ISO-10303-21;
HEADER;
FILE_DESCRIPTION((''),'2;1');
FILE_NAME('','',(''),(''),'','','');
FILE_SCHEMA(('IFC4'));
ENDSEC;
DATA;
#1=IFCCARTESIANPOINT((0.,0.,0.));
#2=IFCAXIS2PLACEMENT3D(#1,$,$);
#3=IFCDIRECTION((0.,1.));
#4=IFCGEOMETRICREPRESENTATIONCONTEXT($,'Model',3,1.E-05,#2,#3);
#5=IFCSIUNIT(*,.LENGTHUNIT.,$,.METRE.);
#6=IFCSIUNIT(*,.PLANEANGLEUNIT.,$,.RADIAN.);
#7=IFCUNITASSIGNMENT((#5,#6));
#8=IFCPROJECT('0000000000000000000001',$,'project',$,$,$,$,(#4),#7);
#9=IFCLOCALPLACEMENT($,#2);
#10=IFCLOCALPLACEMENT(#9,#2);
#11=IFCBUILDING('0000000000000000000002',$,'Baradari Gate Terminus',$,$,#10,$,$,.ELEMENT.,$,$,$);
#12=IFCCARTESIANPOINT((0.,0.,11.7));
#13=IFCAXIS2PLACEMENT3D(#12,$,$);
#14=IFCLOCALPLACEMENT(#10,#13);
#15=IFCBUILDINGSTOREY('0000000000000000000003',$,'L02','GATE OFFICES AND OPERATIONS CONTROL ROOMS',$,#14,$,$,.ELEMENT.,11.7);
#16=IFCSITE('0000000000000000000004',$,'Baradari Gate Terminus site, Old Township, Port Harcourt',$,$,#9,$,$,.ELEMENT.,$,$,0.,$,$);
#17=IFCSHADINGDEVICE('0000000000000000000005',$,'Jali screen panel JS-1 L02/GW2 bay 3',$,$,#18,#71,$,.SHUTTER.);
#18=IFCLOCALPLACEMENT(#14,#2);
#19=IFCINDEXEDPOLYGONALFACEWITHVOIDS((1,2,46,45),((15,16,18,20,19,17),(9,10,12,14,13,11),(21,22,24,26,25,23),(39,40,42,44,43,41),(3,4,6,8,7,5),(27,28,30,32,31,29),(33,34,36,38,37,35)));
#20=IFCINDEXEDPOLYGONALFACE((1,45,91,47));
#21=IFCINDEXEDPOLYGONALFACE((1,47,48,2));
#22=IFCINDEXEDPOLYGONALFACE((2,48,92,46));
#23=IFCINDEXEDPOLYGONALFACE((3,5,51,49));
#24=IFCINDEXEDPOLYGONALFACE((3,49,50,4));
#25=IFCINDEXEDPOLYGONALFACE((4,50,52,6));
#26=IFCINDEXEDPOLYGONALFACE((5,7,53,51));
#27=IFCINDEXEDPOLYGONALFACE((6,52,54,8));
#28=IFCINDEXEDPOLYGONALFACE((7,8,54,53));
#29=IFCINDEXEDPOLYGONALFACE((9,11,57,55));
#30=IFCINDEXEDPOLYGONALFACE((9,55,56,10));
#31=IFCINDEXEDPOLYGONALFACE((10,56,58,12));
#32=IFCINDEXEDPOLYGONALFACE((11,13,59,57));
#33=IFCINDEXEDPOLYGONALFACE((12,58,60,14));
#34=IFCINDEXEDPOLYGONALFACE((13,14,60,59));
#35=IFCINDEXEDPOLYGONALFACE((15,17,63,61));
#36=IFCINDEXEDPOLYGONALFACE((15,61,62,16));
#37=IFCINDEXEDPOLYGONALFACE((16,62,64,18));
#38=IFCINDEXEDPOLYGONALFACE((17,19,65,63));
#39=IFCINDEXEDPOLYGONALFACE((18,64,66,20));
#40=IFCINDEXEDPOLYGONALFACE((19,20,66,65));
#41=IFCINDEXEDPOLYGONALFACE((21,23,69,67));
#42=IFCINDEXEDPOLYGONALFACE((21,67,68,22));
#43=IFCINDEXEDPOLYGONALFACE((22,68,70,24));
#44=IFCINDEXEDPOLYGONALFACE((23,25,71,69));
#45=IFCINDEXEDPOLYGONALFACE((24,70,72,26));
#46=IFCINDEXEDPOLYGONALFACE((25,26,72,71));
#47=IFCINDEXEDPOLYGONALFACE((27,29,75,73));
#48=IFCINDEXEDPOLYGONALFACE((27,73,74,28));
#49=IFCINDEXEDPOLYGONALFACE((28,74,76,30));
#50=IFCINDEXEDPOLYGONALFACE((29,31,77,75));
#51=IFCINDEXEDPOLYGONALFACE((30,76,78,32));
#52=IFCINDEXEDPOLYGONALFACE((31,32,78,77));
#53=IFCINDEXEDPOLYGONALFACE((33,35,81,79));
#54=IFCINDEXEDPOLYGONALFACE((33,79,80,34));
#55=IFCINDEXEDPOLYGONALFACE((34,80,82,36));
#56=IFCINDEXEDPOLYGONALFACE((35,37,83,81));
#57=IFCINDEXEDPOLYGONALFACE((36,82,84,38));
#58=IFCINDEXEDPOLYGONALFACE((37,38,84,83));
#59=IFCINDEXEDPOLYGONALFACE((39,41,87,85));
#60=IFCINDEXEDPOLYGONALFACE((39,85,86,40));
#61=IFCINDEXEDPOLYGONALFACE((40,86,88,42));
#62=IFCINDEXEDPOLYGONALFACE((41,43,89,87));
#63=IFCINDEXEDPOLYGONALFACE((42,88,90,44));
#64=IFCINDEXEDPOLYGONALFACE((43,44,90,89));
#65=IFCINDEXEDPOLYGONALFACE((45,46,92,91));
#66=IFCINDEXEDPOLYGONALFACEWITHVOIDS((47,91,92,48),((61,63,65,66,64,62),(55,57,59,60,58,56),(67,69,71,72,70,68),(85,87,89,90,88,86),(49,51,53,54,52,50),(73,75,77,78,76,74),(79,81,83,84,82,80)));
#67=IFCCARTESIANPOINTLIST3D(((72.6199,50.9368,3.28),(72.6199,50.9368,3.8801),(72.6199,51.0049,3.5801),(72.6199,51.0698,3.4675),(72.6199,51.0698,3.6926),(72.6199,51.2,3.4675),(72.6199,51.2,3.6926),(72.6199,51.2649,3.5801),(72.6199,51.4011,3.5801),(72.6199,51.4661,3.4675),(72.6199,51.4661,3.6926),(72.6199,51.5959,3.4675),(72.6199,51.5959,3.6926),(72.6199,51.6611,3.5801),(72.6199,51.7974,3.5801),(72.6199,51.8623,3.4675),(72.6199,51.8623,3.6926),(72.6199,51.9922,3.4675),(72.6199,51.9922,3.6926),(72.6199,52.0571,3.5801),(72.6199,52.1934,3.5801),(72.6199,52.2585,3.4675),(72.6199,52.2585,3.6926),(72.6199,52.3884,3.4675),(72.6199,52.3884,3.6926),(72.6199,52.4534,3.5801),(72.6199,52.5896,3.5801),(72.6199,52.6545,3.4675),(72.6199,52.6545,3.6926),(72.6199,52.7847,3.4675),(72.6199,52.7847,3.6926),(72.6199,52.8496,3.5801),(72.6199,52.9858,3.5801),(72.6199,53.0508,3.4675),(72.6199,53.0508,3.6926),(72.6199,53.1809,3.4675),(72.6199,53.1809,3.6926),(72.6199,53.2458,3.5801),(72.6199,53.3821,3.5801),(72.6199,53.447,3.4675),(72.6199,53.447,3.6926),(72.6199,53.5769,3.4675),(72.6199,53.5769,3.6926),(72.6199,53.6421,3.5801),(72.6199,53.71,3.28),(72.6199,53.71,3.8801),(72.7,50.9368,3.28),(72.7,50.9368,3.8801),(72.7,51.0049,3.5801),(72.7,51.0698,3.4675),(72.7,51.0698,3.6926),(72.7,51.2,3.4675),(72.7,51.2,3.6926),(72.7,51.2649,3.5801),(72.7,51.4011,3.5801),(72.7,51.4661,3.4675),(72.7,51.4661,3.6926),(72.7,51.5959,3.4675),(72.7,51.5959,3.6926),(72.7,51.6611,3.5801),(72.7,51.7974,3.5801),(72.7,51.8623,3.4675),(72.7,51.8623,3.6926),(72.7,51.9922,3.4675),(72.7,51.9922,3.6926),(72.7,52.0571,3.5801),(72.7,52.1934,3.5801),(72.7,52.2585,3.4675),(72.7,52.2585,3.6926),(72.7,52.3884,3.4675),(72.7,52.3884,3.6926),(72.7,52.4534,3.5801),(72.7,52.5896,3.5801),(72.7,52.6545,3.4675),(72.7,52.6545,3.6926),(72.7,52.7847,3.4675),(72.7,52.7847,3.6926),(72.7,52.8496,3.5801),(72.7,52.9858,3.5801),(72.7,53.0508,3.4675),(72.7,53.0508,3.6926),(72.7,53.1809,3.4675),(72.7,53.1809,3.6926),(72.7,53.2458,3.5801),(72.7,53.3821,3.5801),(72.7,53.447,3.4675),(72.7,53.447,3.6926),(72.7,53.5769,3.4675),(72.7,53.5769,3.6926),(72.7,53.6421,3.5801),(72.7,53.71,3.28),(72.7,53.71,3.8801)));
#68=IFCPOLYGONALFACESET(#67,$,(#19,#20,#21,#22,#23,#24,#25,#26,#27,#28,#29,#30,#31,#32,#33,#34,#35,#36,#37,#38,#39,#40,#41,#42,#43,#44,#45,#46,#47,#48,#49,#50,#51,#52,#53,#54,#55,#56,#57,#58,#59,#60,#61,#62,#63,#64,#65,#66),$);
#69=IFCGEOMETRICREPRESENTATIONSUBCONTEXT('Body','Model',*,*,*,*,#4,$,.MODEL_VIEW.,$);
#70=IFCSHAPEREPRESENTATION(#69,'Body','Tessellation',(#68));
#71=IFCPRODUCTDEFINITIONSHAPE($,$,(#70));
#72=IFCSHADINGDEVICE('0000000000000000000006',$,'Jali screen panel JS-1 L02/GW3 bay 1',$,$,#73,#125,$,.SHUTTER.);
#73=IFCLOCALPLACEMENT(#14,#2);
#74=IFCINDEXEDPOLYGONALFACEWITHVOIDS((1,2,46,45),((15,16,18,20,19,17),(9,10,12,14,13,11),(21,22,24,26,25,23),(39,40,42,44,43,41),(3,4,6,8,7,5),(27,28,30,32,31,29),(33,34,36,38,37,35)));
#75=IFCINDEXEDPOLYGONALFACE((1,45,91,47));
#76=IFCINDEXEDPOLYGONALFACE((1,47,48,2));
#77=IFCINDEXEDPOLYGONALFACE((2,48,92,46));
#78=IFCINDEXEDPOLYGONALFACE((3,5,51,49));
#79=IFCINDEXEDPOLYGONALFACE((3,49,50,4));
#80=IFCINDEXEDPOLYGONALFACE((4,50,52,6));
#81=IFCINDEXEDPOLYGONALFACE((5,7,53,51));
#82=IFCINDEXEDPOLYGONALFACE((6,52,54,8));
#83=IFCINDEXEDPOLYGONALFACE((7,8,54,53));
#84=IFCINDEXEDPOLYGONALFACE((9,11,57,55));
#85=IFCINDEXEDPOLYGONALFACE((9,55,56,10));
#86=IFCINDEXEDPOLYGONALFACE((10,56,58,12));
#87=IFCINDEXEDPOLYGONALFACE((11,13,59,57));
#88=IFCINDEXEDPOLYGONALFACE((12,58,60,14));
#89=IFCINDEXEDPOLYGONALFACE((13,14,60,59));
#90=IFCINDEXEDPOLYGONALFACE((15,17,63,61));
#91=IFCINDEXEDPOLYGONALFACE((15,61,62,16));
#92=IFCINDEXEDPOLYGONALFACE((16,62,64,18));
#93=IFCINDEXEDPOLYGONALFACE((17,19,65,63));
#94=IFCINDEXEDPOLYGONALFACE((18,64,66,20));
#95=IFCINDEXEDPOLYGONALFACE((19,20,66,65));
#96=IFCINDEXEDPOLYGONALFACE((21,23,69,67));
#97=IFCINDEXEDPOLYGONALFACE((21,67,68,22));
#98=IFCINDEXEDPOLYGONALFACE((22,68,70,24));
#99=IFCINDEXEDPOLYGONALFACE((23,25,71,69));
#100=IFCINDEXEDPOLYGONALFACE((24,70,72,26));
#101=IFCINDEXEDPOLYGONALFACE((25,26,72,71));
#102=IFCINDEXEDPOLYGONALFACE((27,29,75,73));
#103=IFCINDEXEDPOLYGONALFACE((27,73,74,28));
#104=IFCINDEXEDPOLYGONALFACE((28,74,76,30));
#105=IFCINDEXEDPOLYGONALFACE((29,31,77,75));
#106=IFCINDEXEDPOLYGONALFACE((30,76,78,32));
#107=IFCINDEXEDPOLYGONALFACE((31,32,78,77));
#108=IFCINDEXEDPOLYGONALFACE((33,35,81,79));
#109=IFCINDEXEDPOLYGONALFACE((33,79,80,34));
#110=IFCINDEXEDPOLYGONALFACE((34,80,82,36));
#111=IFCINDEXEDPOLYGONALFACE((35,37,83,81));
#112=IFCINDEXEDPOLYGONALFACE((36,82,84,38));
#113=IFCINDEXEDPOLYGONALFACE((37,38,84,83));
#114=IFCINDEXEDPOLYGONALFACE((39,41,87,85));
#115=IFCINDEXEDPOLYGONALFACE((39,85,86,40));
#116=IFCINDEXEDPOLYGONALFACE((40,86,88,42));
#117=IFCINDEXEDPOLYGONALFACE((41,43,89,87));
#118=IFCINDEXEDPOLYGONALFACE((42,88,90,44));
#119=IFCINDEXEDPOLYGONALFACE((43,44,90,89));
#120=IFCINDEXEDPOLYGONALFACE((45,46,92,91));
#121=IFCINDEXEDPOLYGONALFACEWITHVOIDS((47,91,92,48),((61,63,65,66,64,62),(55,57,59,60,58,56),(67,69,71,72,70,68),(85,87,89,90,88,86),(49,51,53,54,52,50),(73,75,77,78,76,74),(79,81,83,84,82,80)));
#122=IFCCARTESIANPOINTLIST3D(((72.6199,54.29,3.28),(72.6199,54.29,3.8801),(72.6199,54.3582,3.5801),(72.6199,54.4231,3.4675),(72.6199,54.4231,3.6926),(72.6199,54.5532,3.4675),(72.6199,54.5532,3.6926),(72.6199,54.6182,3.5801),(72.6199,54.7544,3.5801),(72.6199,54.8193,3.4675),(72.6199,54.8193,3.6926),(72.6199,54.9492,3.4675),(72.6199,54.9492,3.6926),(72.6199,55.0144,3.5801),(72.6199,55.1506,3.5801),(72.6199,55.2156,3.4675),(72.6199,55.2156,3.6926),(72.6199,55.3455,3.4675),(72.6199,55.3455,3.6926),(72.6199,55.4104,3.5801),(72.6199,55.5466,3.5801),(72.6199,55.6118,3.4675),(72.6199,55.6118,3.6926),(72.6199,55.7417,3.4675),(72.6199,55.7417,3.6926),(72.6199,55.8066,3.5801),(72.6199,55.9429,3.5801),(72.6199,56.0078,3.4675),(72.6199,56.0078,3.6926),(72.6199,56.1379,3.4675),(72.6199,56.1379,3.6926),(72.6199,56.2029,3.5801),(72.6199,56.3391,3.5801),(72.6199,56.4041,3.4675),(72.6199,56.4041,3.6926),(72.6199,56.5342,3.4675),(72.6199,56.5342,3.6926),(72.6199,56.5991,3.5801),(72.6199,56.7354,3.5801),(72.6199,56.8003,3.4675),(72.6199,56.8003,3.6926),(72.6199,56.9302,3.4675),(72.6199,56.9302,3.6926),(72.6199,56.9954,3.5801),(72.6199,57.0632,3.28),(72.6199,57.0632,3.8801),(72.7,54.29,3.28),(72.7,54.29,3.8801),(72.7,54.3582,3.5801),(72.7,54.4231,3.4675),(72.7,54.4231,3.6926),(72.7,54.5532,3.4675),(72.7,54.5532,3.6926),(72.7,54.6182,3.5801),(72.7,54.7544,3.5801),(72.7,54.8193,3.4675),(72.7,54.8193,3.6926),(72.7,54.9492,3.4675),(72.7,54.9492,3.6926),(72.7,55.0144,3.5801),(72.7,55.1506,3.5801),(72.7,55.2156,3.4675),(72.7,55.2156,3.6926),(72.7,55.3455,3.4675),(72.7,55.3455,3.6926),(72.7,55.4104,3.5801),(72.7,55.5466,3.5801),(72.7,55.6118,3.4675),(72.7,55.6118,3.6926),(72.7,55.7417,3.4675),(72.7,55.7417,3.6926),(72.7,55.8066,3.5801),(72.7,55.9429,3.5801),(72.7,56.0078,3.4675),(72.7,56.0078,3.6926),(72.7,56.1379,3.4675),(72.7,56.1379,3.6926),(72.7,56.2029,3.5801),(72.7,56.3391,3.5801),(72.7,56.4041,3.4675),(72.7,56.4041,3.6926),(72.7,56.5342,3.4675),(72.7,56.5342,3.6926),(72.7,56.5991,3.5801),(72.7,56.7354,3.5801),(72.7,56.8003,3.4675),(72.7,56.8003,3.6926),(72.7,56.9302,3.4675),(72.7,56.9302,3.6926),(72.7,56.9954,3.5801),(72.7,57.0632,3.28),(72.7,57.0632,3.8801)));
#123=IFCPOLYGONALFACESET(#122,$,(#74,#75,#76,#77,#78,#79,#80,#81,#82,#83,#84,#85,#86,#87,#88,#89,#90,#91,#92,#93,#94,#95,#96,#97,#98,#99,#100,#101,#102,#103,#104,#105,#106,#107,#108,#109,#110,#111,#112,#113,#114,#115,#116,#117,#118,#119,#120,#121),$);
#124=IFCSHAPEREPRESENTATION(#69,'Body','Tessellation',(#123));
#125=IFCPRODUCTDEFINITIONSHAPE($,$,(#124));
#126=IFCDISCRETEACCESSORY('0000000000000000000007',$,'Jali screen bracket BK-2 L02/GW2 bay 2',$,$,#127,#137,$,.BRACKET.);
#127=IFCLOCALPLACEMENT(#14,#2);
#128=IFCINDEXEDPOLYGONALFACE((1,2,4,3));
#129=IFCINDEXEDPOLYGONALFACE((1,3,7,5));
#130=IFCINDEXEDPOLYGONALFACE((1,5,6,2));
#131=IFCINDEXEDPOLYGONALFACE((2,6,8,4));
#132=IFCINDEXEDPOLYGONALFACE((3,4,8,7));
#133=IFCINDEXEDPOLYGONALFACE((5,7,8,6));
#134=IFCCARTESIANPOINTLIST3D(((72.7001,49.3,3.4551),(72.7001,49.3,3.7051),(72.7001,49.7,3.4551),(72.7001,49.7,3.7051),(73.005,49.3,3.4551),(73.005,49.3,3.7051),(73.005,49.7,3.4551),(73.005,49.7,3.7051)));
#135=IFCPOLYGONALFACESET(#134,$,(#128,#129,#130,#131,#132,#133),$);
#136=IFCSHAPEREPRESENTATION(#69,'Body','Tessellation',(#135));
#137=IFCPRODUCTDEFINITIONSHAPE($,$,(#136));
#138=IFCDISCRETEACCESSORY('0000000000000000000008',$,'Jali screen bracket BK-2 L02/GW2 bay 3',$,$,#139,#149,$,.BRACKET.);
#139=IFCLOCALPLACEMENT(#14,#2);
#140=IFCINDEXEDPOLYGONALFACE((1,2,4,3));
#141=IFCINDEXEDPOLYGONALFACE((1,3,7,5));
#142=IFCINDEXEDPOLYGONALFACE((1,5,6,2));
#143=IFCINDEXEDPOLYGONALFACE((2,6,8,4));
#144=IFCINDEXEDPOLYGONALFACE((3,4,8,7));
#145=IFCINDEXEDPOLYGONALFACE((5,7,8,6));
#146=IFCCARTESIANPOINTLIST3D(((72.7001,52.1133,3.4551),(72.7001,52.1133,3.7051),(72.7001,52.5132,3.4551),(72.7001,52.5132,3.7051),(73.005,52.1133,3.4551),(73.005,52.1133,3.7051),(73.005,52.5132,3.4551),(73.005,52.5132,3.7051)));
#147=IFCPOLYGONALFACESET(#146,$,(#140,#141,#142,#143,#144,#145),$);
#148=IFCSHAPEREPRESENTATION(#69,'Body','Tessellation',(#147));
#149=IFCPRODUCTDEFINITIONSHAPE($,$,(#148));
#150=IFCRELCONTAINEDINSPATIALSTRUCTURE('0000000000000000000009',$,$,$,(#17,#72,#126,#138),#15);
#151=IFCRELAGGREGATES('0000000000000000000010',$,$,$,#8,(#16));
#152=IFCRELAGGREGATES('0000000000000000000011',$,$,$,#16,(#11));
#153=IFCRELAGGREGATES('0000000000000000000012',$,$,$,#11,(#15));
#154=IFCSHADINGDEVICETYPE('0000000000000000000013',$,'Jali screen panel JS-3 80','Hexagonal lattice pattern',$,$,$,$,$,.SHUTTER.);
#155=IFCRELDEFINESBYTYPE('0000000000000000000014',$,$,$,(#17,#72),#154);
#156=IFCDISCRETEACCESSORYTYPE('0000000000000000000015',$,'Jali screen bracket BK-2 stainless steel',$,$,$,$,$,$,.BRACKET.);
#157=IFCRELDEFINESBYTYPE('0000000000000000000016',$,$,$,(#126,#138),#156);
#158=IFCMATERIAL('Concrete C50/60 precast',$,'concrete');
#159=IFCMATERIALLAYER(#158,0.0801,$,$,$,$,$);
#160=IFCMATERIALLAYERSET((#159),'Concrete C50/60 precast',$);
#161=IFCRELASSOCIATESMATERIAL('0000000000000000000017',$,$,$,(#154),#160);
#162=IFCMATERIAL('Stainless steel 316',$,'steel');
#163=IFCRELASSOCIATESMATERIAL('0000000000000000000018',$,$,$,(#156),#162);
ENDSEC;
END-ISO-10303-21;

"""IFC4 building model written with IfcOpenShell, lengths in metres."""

from ifc_helpers import new_model, si_unit, direction, frame, origin, origin_2d, place, context, subcontext, project, spatial, polyline, rectangle, outline, extrude, material, layer, layer_set, type_object, element, save


model = new_model("IFC4")

# Units and contexts
model_context = context("Model", 3, precision=1e-05, world=origin(), true_north=direction((0.0, 1.0)))
body_context = subcontext(model_context, "Body", "Model", "MODEL_VIEW")
ifc_project = project(units=[si_unit("LENGTHUNIT", "METRE"), si_unit("PLANEANGLEUNIT", "RADIAN")], contexts=[model_context])

# Site, building, storey
site_placement = place(None, origin())
site = spatial("IfcSite", under=ifc_project, at=site_placement, Name="Baradari Gate Terminus site, Old Township, Port Harcourt", CompositionType="ELEMENT", RefElevation=0.0)
building_placement = place(site_placement, origin())
building = spatial("IfcBuilding", under=site, at=building_placement, Name="Baradari Gate Terminus", CompositionType="ELEMENT")
storey_placement = place(building_placement, frame((0.0, 0.0, 11.7)))
storey = spatial("IfcBuildingStorey", under=building, at=storey_placement, Name="L02", Description="GATE OFFICES AND OPERATIONS CONTROL ROOMS", CompositionType="ELEMENT", Elevation=11.7)

# Shading devices
ifc_material_1 = material(Name="Concrete C50/60 precast", Category="concrete")
ifc_layer_1 = layer(ifc_material_1, 0.0801)
ifc_layer_set_1 = layer_set([ifc_layer_1], Name="Concrete C50/60 precast")
shading_device_type = type_object("IfcShadingDeviceType", Name="Jali screen panel JS-3 80", Description="Hexagonal lattice pattern", PredefinedType="SHUTTER", material=ifc_layer_set_1)
shading_device_1_placement = place(storey_placement, frame((72.6599, 50.9368, 3.28), z_axis=(0.0, 0.0, 1.0), x_axis=(0.0, 1.0, 0.0)))
element("IfcShadingDevice", 1, at=shading_device_1_placement, inside=storey, type_object=shading_device_type, Name="Jali screen panel JS-1 L02/GW2 bay 3", PredefinedType="SHUTTER", context=body_context, shape_type="SweptSolid", body=[
    extrude(outline(polyline([(0.0, 0.0), (2.7732, 0.0), (2.7732, 0.6001), (0.0, 0.6001), (0.0, 0.0)]), holes=[polyline([(0.3281, 0.3), (0.2632, 0.1875), (0.1331, 0.1875), (0.0681, 0.3), (0.1331, 0.4126), (0.2632, 0.4126), (0.3281, 0.3)]), polyline([(0.7244, 0.3), (0.6592, 0.1875), (0.5293, 0.1875), (0.4644, 0.3), (0.5293, 0.4126), (0.6592, 0.4126), (0.7244, 0.3)]), polyline([(1.1204, 0.3), (1.0554, 0.1875), (0.9255, 0.1875), (0.8606, 0.3), (0.9255, 0.4126), (1.0554, 0.4126), (1.1204, 0.3)]), polyline([(1.5166, 0.3), (1.4517, 0.1875), (1.3218, 0.1875), (1.2566, 0.3), (1.3218, 0.4126), (1.4517, 0.4126), (1.5166, 0.3)]), polyline([(1.9128, 0.3), (1.8479, 0.1875), (1.7178, 0.1875), (1.6528, 0.3), (1.7178, 0.4126), (1.8479, 0.4126), (1.9128, 0.3)]), polyline([(2.3091, 0.3), (2.2441, 0.1875), (2.114, 0.1875), (2.0491, 0.3), (2.114, 0.4126), (2.2441, 0.4126), (2.3091, 0.3)]), polyline([(2.7053, 0.3), (2.6401, 0.1875), (2.5103, 0.1875), (2.4453, 0.3), (2.5103, 0.4126), (2.6401, 0.4126), (2.7053, 0.3)])]), frame((0.0, 0.04, 0.0), z_axis=(0.0, -1.0, 0.0), x_axis=(1.0, 0.0, 0.0)), (0.0, 0.0, 1.0), 0.0801),
])
shading_device_2_placement = place(storey_placement, frame((72.6599, 54.29, 3.28), z_axis=(0.0, 0.0, 1.0), x_axis=(0.0, 1.0, 0.0)))
element("IfcShadingDevice", 2, at=shading_device_2_placement, inside=storey, type_object=shading_device_type, Name="Jali screen panel JS-1 L02/GW3 bay 1", PredefinedType="SHUTTER", context=body_context, shape_type="SweptSolid", body=[
    extrude(outline(polyline([(0.0, 0.0), (2.7732, 0.0), (2.7732, 0.6001), (0.0, 0.6001), (0.0, 0.0)]), holes=[polyline([(0.3281, 0.3), (0.2632, 0.1875), (0.1331, 0.1875), (0.0681, 0.3), (0.1331, 0.4126), (0.2632, 0.4126), (0.3281, 0.3)]), polyline([(0.7244, 0.3), (0.6592, 0.1875), (0.5293, 0.1875), (0.4644, 0.3), (0.5293, 0.4126), (0.6592, 0.4126), (0.7244, 0.3)]), polyline([(1.1204, 0.3), (1.0554, 0.1875), (0.9255, 0.1875), (0.8606, 0.3), (0.9255, 0.4126), (1.0554, 0.4126), (1.1204, 0.3)]), polyline([(1.5166, 0.3), (1.4517, 0.1875), (1.3218, 0.1875), (1.2566, 0.3), (1.3218, 0.4126), (1.4517, 0.4126), (1.5166, 0.3)]), polyline([(1.9128, 0.3), (1.8479, 0.1875), (1.7178, 0.1875), (1.6528, 0.3), (1.7178, 0.4126), (1.8479, 0.4126), (1.9128, 0.3)]), polyline([(2.3091, 0.3), (2.2441, 0.1875), (2.114, 0.1875), (2.0491, 0.3), (2.114, 0.4126), (2.2441, 0.4126), (2.3091, 0.3)]), polyline([(2.7053, 0.3), (2.6401, 0.1875), (2.5103, 0.1875), (2.4453, 0.3), (2.5103, 0.4126), (2.6401, 0.4126), (2.7053, 0.3)])]), frame((0.0, 0.04, 0.0), z_axis=(0.0, -1.0, 0.0), x_axis=(1.0, 0.0, 0.0)), (0.0, 0.0, 1.0), 0.0801),
])

# Discrete accessories
ifc_material_2 = material(Name="Stainless steel 316", Category="steel")
discrete_accessory_type = type_object("IfcDiscreteAccessoryType", Name="Jali screen bracket BK-2 stainless steel", PredefinedType="BRACKET", material=ifc_material_2)
for number, where, z_axis, x_axis, name in (
    (3, (72.8525, 49.5, 3.4551), (0.0, 0.0, 1.0), (-1.0, 0.0, 0.0), "Jali screen bracket BK-2 L02/GW2 bay 2"),
    (4, (72.8525, 52.3132, 3.4551), (0.0, 0.0, 1.0), (-1.0, 0.0, 0.0), "Jali screen bracket BK-2 L02/GW2 bay 3"),
):
    element("IfcDiscreteAccessory", number, at=place(storey_placement, frame(where, z_axis=z_axis, x_axis=x_axis)), inside=storey, type_object=discrete_accessory_type, Name=name, PredefinedType="BRACKET", context=body_context, shape_type="SweptSolid", body=[
        extrude(rectangle(XDim=0.3049, YDim=0.3999, at=origin_2d()), origin(), (0.0, 0.0, 1.0), 0.25),
    ])

save(model, "model.ifc")
